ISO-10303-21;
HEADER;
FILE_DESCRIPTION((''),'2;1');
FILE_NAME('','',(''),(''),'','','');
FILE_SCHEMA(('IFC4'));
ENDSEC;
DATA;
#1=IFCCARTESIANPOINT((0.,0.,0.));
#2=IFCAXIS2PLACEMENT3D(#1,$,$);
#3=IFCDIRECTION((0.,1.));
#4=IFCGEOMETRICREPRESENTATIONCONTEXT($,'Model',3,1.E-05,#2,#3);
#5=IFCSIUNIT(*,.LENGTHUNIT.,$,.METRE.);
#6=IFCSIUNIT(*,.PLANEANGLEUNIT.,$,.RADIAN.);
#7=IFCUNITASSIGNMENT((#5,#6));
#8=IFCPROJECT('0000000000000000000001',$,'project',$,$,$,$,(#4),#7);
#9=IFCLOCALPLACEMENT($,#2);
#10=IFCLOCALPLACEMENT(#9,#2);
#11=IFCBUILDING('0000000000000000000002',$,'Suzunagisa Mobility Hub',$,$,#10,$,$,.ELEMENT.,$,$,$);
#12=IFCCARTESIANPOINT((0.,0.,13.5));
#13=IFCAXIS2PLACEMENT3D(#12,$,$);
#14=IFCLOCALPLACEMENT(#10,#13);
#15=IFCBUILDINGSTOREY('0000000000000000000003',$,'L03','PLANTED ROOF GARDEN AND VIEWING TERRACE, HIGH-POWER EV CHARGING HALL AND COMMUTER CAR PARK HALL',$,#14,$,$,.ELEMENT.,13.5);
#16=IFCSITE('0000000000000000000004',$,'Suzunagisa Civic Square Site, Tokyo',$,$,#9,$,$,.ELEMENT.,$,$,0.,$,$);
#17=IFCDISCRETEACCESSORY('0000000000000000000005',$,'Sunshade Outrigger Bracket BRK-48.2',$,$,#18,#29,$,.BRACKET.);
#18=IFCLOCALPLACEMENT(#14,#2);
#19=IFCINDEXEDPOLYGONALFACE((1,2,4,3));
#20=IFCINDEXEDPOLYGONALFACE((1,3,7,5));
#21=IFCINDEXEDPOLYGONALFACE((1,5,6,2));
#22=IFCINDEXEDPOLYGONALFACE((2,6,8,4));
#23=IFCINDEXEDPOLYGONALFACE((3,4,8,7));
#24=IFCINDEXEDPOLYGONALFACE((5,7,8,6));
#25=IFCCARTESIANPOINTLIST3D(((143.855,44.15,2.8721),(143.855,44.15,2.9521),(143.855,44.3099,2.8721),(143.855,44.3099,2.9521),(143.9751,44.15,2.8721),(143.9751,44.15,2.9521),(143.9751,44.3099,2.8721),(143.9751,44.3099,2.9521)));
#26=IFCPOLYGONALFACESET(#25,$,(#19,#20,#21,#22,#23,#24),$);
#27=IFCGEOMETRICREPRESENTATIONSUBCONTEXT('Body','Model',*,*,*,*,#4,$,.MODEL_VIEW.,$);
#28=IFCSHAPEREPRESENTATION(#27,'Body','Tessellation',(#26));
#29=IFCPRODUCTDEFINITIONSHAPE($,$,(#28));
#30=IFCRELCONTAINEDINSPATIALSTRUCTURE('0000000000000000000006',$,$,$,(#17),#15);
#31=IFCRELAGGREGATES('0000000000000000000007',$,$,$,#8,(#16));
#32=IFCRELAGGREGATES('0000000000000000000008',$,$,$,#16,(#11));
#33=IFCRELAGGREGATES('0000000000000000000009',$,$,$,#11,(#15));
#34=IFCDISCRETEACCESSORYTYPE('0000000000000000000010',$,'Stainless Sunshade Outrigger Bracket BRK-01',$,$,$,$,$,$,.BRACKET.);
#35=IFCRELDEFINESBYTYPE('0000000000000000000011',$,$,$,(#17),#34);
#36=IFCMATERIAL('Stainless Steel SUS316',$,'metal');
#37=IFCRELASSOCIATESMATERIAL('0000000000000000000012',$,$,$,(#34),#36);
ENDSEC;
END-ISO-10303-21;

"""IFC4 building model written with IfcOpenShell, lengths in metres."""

from ifc_helpers import new_model, si_unit, direction, frame, origin, origin_2d, place, context, subcontext, project, spatial, rectangle, extrude, material, type_object, element, save


model = new_model("IFC4")

# Units and contexts
model_context = context("Model", 3, precision=1e-05, world=origin(), true_north=direction((0.0, 1.0)))
body_context = subcontext(model_context, "Body", "Model", "MODEL_VIEW")
ifc_project = project(units=[si_unit("LENGTHUNIT", "METRE"), si_unit("PLANEANGLEUNIT", "RADIAN")], contexts=[model_context])

# Site, building, storey
site_placement = place(None, origin())
site = spatial("IfcSite", under=ifc_project, at=site_placement, Name="Suzunagisa Civic Square Site, Tokyo", CompositionType="ELEMENT", RefElevation=0.0)
building_placement = place(site_placement, origin())
building = spatial("IfcBuilding", under=site, at=building_placement, Name="Suzunagisa Mobility Hub", CompositionType="ELEMENT")
storey_placement = place(building_placement, frame((0.0, 0.0, 13.5)))
storey = spatial("IfcBuildingStorey", under=building, at=storey_placement, Name="L03", Description="PLANTED ROOF GARDEN AND VIEWING TERRACE, HIGH-POWER EV CHARGING HALL AND COMMUTER CAR PARK HALL", CompositionType="ELEMENT", Elevation=13.5)

# Discrete accessory
ifc_material_1 = material(Name="Stainless Steel SUS316", Category="metal")
discrete_accessory_type = type_object("IfcDiscreteAccessoryType", Name="Stainless Sunshade Outrigger Bracket BRK-01", PredefinedType="BRACKET", material=ifc_material_1)
discrete_accessory_placement = place(storey_placement, frame((143.915, 44.23, 2.8721), z_axis=(0.0, 0.0, 1.0), x_axis=(0.0, -1.0, 0.0)))
element("IfcDiscreteAccessory", 1, at=discrete_accessory_placement, inside=storey, type_object=discrete_accessory_type, Name="Sunshade Outrigger Bracket BRK-48.2", PredefinedType="BRACKET", context=body_context, shape_type="SweptSolid", body=[
    extrude(rectangle(XDim=0.1599, YDim=0.1201, at=origin_2d()), origin(), (0.0, 0.0, 1.0), 0.0801),
])

save(model, "model.ifc")
